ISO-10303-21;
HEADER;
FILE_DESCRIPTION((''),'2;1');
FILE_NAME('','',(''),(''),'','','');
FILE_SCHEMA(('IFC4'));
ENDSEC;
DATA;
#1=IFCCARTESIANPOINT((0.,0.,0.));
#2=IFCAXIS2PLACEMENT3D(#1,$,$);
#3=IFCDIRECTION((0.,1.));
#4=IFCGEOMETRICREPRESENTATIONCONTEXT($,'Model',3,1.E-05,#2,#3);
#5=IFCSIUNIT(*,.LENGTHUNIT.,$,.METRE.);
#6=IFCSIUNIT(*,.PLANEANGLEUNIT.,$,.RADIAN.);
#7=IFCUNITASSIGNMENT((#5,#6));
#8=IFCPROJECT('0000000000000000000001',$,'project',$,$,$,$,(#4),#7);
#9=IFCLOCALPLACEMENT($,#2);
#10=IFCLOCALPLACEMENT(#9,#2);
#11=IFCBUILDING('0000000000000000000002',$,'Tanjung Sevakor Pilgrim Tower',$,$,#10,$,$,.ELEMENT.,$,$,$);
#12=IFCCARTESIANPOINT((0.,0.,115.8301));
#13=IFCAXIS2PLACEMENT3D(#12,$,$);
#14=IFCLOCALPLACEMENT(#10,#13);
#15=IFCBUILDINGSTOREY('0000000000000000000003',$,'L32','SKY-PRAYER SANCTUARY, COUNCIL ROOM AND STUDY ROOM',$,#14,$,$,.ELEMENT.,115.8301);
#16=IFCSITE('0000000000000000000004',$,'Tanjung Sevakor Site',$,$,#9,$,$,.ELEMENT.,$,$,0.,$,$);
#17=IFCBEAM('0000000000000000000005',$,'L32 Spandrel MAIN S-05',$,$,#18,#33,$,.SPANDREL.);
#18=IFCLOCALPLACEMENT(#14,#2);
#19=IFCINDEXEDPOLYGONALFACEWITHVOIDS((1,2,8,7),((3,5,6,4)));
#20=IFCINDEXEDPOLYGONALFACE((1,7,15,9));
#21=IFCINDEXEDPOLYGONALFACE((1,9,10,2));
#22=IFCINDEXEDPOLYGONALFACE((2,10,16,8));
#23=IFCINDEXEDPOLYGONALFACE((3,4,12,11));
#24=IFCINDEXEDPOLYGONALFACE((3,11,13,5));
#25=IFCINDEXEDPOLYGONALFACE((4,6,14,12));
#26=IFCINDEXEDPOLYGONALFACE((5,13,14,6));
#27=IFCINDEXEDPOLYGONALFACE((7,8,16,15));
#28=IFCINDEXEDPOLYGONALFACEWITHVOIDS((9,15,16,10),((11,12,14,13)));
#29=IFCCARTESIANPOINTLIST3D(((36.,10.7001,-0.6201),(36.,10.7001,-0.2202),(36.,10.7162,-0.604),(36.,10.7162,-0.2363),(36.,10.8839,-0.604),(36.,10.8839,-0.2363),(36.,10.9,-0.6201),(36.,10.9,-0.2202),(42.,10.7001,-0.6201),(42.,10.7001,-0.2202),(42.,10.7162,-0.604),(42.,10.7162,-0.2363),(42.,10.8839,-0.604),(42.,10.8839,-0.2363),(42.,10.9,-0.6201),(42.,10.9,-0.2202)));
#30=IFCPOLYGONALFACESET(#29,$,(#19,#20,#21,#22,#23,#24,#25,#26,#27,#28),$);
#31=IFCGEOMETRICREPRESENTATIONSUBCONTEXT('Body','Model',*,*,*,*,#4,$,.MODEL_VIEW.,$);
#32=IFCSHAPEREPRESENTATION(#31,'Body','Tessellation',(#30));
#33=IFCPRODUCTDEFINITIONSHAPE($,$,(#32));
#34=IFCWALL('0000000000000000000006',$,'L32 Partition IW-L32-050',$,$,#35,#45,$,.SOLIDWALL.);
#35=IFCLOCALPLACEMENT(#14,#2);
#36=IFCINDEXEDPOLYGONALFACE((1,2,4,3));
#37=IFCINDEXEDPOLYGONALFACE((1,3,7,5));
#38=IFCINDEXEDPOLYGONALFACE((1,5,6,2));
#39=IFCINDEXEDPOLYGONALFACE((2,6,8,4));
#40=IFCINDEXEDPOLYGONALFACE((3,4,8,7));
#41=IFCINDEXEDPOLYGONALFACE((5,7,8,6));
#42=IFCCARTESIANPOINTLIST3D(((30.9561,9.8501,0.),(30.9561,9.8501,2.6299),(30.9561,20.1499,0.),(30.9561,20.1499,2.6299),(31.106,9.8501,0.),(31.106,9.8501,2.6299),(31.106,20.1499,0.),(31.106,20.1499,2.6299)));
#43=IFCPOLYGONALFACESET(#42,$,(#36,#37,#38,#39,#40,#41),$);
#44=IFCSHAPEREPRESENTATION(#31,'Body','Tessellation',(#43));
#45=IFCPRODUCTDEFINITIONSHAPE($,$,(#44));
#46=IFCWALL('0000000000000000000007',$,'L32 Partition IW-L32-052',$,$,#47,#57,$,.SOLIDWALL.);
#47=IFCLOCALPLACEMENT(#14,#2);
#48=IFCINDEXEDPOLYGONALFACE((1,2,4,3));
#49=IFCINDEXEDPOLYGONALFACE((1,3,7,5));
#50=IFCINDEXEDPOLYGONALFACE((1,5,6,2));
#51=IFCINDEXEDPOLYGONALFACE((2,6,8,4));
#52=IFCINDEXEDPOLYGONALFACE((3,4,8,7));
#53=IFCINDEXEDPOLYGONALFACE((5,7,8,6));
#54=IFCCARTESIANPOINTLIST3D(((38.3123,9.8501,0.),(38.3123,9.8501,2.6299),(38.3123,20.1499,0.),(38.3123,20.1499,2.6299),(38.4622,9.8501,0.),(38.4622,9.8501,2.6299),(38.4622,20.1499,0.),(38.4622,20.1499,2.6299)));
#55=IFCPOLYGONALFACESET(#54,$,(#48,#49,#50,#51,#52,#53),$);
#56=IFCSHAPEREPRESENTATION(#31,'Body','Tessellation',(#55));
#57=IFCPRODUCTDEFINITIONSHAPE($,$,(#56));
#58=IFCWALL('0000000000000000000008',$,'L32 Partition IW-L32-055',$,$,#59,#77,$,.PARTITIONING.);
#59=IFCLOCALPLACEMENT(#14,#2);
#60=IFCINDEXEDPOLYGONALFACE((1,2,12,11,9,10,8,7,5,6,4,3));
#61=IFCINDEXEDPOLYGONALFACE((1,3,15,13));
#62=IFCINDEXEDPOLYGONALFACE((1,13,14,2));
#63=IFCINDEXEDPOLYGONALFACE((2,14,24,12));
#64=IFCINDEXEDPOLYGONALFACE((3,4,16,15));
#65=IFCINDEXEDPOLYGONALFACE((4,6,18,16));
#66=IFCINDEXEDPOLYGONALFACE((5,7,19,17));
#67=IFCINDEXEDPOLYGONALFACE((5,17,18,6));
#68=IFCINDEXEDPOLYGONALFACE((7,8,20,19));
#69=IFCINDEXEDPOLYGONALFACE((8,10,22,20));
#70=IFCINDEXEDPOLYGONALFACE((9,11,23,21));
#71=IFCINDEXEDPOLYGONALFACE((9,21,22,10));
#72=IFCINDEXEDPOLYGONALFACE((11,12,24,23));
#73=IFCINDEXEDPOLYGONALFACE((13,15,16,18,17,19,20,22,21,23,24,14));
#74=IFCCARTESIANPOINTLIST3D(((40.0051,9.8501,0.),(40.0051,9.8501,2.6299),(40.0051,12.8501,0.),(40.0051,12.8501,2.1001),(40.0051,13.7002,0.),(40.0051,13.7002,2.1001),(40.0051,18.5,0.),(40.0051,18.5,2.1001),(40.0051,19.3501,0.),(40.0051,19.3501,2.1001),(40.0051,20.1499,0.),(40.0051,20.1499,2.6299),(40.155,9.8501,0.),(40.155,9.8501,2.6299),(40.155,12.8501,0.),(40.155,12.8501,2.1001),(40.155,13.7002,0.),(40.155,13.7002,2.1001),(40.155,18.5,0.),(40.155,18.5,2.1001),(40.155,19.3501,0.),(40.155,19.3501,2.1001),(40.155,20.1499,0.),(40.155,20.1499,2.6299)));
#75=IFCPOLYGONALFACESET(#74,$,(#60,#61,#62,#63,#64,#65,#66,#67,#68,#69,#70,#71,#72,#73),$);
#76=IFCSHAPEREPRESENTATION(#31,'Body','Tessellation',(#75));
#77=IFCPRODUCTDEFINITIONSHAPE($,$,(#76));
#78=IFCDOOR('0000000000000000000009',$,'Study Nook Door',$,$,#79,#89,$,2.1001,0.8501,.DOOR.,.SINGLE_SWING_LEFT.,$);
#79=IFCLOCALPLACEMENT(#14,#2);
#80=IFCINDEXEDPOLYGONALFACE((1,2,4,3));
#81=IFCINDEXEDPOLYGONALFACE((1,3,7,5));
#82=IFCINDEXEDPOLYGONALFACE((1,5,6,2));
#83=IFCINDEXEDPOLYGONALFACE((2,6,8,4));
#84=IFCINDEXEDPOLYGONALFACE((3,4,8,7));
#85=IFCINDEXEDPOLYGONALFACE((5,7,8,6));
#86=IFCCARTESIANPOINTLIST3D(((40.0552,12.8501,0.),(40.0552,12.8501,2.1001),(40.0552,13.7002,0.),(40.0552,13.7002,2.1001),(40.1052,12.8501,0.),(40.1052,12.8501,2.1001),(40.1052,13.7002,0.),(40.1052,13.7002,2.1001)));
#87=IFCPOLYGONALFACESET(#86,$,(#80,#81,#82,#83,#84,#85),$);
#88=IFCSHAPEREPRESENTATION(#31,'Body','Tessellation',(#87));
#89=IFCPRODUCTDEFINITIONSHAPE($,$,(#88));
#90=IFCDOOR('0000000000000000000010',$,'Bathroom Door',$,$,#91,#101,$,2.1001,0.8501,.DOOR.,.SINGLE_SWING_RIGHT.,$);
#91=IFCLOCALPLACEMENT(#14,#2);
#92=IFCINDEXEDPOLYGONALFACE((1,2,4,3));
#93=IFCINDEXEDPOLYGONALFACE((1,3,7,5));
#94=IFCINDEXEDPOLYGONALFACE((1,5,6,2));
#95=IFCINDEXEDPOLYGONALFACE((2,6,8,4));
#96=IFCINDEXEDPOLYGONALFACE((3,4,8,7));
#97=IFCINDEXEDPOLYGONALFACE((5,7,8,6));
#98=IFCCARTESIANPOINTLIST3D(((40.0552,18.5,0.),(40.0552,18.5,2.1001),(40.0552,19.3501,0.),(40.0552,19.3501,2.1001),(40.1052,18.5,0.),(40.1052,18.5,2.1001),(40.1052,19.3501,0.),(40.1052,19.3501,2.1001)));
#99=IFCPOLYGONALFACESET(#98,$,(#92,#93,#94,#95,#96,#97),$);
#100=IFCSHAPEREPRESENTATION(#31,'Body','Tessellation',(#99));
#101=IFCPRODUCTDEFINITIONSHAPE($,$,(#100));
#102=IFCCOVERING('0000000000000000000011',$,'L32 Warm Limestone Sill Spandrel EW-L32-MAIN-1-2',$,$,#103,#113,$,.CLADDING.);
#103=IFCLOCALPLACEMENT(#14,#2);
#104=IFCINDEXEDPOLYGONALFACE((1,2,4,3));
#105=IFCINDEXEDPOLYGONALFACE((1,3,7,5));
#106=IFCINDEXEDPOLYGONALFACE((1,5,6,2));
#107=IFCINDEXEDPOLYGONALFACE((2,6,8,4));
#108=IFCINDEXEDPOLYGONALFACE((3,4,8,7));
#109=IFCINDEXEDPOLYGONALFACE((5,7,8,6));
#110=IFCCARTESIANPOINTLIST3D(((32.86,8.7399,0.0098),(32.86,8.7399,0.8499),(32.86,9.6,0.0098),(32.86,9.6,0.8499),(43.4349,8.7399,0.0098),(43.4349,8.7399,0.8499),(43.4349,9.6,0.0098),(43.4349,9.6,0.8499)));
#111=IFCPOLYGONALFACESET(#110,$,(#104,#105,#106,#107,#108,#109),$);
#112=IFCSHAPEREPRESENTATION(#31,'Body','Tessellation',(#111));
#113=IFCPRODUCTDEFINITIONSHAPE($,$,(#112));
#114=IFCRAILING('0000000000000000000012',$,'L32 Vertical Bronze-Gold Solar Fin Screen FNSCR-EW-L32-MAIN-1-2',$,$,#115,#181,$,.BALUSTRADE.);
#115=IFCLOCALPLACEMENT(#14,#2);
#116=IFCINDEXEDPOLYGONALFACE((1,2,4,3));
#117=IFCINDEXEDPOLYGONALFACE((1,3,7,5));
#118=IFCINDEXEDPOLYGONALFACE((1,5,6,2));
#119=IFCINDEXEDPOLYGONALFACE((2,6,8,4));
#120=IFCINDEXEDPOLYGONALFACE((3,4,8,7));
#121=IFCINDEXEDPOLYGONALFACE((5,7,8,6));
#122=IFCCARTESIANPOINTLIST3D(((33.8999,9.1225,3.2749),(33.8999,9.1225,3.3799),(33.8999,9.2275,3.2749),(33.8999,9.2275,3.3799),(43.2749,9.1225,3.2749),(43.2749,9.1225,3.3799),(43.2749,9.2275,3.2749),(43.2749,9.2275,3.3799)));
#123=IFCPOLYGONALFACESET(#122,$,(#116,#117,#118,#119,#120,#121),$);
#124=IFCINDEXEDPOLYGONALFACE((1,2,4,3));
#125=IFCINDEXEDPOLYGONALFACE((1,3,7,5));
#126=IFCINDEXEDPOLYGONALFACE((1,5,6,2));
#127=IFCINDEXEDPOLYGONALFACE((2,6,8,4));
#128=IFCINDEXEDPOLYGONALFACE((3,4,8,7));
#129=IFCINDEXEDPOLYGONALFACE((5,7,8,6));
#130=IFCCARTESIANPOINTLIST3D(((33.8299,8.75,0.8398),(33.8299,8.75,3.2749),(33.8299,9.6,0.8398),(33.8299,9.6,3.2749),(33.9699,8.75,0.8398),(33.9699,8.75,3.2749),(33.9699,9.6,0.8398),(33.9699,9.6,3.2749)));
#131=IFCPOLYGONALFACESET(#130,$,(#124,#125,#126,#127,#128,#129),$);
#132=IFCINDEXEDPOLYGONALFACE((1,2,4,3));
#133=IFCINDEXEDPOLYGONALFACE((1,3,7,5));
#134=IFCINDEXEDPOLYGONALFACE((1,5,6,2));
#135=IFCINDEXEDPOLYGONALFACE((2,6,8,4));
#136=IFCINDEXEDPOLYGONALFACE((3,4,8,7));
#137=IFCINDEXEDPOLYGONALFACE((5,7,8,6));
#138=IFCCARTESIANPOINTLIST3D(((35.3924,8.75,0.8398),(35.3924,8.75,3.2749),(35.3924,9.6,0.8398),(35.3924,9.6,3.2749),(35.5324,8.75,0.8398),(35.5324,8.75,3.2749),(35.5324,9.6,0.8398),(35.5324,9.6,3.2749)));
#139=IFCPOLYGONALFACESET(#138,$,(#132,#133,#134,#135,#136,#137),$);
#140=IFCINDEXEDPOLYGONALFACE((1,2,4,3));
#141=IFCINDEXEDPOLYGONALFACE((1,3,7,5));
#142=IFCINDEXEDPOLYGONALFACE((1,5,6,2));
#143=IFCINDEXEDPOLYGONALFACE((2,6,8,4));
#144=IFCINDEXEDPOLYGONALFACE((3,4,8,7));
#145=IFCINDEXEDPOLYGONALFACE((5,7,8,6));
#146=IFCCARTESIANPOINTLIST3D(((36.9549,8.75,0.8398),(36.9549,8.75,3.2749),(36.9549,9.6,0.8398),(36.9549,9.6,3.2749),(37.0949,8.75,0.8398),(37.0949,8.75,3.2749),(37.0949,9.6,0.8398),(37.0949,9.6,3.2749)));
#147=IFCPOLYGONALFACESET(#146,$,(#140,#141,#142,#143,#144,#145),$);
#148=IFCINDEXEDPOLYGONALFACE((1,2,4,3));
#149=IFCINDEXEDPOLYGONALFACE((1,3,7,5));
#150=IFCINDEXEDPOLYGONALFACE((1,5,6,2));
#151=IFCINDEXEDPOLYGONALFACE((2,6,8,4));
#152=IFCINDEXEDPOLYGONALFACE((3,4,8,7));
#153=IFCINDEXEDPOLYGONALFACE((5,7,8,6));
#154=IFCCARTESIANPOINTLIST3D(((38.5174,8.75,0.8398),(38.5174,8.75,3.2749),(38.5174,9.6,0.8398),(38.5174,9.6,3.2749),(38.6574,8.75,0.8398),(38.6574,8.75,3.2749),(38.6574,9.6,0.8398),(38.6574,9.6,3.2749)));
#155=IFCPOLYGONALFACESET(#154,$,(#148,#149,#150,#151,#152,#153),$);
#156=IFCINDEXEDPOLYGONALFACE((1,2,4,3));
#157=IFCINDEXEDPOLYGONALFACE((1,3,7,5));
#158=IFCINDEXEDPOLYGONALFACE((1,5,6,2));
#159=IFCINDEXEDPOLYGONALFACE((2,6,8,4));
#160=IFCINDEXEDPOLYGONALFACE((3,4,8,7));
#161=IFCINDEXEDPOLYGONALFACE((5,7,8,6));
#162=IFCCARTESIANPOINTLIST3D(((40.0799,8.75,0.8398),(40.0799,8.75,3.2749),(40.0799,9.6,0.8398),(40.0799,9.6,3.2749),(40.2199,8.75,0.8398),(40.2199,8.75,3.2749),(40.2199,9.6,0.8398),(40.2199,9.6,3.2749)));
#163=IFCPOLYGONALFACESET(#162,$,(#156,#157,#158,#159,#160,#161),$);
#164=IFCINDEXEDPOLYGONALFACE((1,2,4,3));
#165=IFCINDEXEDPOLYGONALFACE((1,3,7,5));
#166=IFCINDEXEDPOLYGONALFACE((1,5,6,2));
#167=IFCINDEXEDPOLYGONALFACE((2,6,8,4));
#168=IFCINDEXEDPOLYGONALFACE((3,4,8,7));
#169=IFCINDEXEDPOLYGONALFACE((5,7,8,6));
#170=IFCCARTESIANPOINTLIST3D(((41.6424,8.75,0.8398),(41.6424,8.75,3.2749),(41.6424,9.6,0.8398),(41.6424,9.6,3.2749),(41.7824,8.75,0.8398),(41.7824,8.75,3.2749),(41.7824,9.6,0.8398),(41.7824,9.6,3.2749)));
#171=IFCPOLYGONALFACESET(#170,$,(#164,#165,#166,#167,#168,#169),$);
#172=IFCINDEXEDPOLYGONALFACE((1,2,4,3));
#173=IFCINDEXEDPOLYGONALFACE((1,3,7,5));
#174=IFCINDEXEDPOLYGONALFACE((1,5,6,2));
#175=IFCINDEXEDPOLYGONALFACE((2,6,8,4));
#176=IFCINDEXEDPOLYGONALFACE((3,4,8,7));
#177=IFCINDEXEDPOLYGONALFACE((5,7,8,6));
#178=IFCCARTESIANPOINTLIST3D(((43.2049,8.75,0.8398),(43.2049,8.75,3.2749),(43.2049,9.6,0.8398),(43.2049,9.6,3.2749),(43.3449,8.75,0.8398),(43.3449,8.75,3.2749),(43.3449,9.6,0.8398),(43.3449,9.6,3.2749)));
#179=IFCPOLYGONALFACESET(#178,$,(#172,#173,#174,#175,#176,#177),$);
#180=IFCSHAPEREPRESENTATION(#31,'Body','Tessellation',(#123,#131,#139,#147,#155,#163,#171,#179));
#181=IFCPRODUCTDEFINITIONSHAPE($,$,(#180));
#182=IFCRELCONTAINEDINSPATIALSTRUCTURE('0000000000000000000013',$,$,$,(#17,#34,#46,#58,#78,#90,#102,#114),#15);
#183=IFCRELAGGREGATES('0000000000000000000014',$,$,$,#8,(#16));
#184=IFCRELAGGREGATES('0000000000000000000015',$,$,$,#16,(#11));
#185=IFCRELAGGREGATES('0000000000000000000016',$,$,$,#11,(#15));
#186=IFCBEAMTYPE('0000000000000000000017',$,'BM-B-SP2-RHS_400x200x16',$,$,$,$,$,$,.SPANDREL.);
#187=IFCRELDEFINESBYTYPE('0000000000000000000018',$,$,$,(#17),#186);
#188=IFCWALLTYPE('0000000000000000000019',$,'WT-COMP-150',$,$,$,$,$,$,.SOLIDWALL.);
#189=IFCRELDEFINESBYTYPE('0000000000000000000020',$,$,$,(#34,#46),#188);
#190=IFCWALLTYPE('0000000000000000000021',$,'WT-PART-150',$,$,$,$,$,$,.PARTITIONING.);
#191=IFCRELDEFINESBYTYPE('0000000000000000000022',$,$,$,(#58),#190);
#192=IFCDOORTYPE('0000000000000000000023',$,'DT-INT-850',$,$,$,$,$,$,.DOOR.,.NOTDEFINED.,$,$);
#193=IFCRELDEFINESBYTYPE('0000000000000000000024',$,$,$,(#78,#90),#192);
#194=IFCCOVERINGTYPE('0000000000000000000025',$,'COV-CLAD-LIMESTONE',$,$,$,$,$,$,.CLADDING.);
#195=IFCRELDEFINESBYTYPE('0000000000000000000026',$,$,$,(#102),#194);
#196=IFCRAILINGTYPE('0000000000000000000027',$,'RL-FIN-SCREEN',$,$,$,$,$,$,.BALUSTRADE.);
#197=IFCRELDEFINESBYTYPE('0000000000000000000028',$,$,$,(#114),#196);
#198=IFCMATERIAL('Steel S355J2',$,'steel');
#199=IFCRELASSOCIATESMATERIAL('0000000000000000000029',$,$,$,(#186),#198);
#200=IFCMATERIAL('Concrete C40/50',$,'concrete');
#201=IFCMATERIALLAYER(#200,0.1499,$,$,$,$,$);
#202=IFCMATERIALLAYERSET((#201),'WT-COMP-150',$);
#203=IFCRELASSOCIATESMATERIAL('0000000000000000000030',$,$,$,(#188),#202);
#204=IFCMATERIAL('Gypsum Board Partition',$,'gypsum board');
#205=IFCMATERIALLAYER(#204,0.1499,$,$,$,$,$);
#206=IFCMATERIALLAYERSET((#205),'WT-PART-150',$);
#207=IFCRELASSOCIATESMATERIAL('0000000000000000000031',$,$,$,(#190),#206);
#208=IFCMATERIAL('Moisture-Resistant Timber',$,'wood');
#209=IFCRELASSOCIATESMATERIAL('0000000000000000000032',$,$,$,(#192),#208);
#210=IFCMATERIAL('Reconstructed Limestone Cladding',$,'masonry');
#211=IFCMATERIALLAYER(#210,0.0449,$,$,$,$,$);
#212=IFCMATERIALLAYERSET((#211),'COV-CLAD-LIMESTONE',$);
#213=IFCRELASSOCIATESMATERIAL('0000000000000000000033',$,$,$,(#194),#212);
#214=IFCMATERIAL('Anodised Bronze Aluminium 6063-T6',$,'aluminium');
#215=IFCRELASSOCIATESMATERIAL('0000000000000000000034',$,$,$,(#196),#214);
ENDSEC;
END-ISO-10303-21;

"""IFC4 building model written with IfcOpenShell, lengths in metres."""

from ifc_helpers import new_model, si_unit, direction, frame, frame_2d, origin, origin_2d, place, context, subcontext, project, spatial, rectangle, hollow_rectangle, extrude, material, layer, layer_set, material_profile, profile_set, type_object, element, fill, save


model = new_model("IFC4")

# Units and contexts
model_context = context("Model", 3, precision=1e-05, world=origin(), true_north=direction((0.0, 1.0)))
body_context = subcontext(model_context, "Body", "Model", "MODEL_VIEW")
ifc_project = project(units=[si_unit("LENGTHUNIT", "METRE"), si_unit("PLANEANGLEUNIT", "RADIAN")], contexts=[model_context])

# Site, building, storey
site_placement = place(None, origin())
site = spatial("IfcSite", under=ifc_project, at=site_placement, Name="Tanjung Sevakor Site", CompositionType="ELEMENT", RefElevation=0.0)
building_placement = place(site_placement, origin())
building = spatial("IfcBuilding", under=site, at=building_placement, Name="Tanjung Sevakor Pilgrim Tower", CompositionType="ELEMENT")
storey_placement = place(building_placement, frame((0.0, 0.0, 115.8301)))
storey = spatial("IfcBuildingStorey", under=building, at=storey_placement, Name="L32", Description="SKY-PRAYER SANCTUARY, COUNCIL ROOM AND STUDY ROOM", CompositionType="ELEMENT", Elevation=115.8301)

# Beam
ifc_material_1 = material(Name="Steel S355J2", Category="steel")
ifc_material_profile_1 = material_profile(ifc_material_1, hollow_rectangle(XDim=0.2, YDim=0.3999, WallThickness=0.0161, at=origin_2d()))
ifc_profile_set_1 = profile_set([ifc_material_profile_1], Name="Steel S355J2")
beam_type_1 = type_object("IfcBeamType", Name="BM-B-SP2-RHS_400x200x16", PredefinedType="SPANDREL", material=ifc_profile_set_1)
for number, where, z_axis, x_axis, name in (
    (1, (36.0, 10.8, -0.4202), (1.0, 0.0, 0.0), (0.0, 1.0, 0.0), "L32 Spandrel MAIN S-05"),
):
    element("IfcBeam", number, at=place(storey_placement, frame(where, z_axis=z_axis, x_axis=x_axis)), inside=storey, type_object=beam_type_1, Name=name, PredefinedType="SPANDREL", context=body_context, shape_type="SweptSolid", body=[
        extrude(hollow_rectangle(XDim=0.2, YDim=0.3999, WallThickness=0.0161, at=origin_2d()), origin(), (0.0, 0.0, 1.0), 6.0),
    ])

# Walls
ifc_material_2 = material(Name="Concrete C40/50", Category="concrete")
ifc_layer_1 = layer(ifc_material_2, 0.1499)
ifc_layer_set_1 = layer_set([ifc_layer_1], Name="WT-COMP-150")
wall_type_1 = type_object("IfcWallType", Name="WT-COMP-150", PredefinedType="SOLIDWALL", material=ifc_layer_set_1)
for number, where, z_axis, x_axis, name in (
    (2, (31.031, 9.8501, 0.0), (0.0, 0.0, 1.0), (0.0, 1.0, 0.0), "L32 Partition IW-L32-050"),
    (3, (38.3872, 9.8501, 0.0), (0.0, 0.0, 1.0), (0.0, 1.0, 0.0), "L32 Partition IW-L32-052"),
):
    element("IfcWall", number, at=place(storey_placement, frame(where, z_axis=z_axis, x_axis=x_axis)), inside=storey, type_object=wall_type_1, Name=name, PredefinedType="SOLIDWALL", context=body_context, shape_type="SweptSolid", body=[
        extrude(rectangle(XDim=10.2998, YDim=0.1499, at=frame_2d((5.1499, 0.0))), origin(), (0.0, 0.0, 1.0), 2.6299),
    ])

# Wall, openings, doors
ifc_material_3 = material(Name="Gypsum Board Partition", Category="gypsum board")
ifc_layer_2 = layer(ifc_material_3, 0.1499)
ifc_layer_set_2 = layer_set([ifc_layer_2], Name="WT-PART-150")
wall_type_2 = type_object("IfcWallType", Name="WT-PART-150", PredefinedType="PARTITIONING", material=ifc_layer_set_2)
wall_placement = place(storey_placement, frame((40.0801, 9.8501, 0.0), z_axis=(0.0, 0.0, 1.0), x_axis=(0.0, 1.0, 0.0)))
wall = element("IfcWall", 4, at=wall_placement, inside=storey, type_object=wall_type_2, Name="L32 Partition IW-L32-055", PredefinedType="PARTITIONING", context=body_context, shape_type="SweptSolid", body=[
    extrude(rectangle(XDim=10.2998, YDim=0.1499, at=frame_2d((5.1499, 0.0))), origin(), (0.0, 0.0, 1.0), 2.6299),
])
opening_1_placement = place(wall_placement, frame((3.0, 0.0, 0.0)))
opening_1 = element("IfcOpeningElement", 5, at=opening_1_placement, cuts=wall, PredefinedType="OPENING", context=body_context, shape_type="SweptSolid", body=[
    extrude(rectangle(XDim=0.8501, YDim=2.1001, at=frame_2d((0.425, 1.05))), frame((0.0, 0.085, 0.0), z_axis=(0.0, -1.0, 0.0), x_axis=(1.0, 0.0, 0.0)), (0.0, 0.0, 1.0), 0.1699),
])
opening_2_placement = place(wall_placement, frame((8.6499, 0.0, 0.0)))
opening_2 = element("IfcOpeningElement", 6, at=opening_2_placement, cuts=wall, PredefinedType="OPENING", context=body_context, shape_type="SweptSolid", body=[
    extrude(rectangle(XDim=0.8501, YDim=2.1001, at=frame_2d((0.425, 1.05))), frame((0.0, 0.085, 0.0), z_axis=(0.0, -1.0, 0.0), x_axis=(1.0, 0.0, 0.0)), (0.0, 0.0, 1.0), 0.1699),
])
ifc_material_4 = material(Name="Moisture-Resistant Timber", Category="wood")
door_type = type_object("IfcDoorType", Name="DT-INT-850", OperationType="NOTDEFINED", PredefinedType="DOOR", material=ifc_material_4)
door_1_placement = place(opening_1_placement, origin())
door_1 = element("IfcDoor", 7, at=door_1_placement, inside=storey, type_object=door_type, Name="Study Nook Door", OperationType="SINGLE_SWING_LEFT", OverallHeight=2.1001, OverallWidth=0.8501, PredefinedType="DOOR", context=body_context, shape_type="SweptSolid", body=[
    extrude(rectangle(XDim=0.8501, YDim=2.1001, at=frame_2d((0.425, 1.05))), frame((0.0, 0.0249, 0.0), z_axis=(0.0, -1.0, 0.0), x_axis=(1.0, 0.0, 0.0)), (0.0, 0.0, 1.0), 0.05),
])
fill(opening_1, door_1)
door_2_placement = place(opening_2_placement, origin())
door_2 = element("IfcDoor", 8, at=door_2_placement, inside=storey, type_object=door_type, Name="Bathroom Door", OperationType="SINGLE_SWING_RIGHT", OverallHeight=2.1001, OverallWidth=0.8501, PredefinedType="DOOR", context=body_context, shape_type="SweptSolid", body=[
    extrude(rectangle(XDim=0.8501, YDim=2.1001, at=frame_2d((0.425, 1.05))), frame((0.0, 0.0249, 0.0), z_axis=(0.0, -1.0, 0.0), x_axis=(1.0, 0.0, 0.0)), (0.0, 0.0, 1.0), 0.05),
])
fill(opening_2, door_2)

# Covering
ifc_material_5 = material(Name="Reconstructed Limestone Cladding", Category="masonry")
ifc_layer_3 = layer(ifc_material_5, 0.0449)
ifc_layer_set_3 = layer_set([ifc_layer_3], Name="COV-CLAD-LIMESTONE")
covering_type = type_object("IfcCoveringType", Name="COV-CLAD-LIMESTONE", PredefinedType="CLADDING", material=ifc_layer_set_3)
covering_placement = place(storey_placement, frame((38.1475, 9.1699, 0.0098), z_axis=(0.0, 0.0, 1.0), x_axis=(1.0, 0.0, 0.0)))
element("IfcCovering", 9, at=covering_placement, inside=storey, type_object=covering_type, Name="L32 Warm Limestone Sill Spandrel EW-L32-MAIN-1-2", PredefinedType="CLADDING", context=body_context, shape_type="SweptSolid", body=[
    extrude(rectangle(XDim=10.575, YDim=0.8601, at=origin_2d()), origin(), (0.0, 0.0, 1.0), 0.8401),
])

# Railing
ifc_material_6 = material(Name="Anodised Bronze Aluminium 6063-T6", Category="aluminium")
railing_type = type_object("IfcRailingType", Name="RL-FIN-SCREEN", PredefinedType="BALUSTRADE", material=ifc_material_6)
railing_placement = place(storey_placement, frame((33.8999, 9.175, 0.8398)))
element("IfcRailing", 10, at=railing_placement, inside=storey, type_object=railing_type, Name="L32 Vertical Bronze-Gold Solar Fin Screen FNSCR-EW-L32-MAIN-1-2", PredefinedType="BALUSTRADE", context=body_context, shape_type="SweptSolid", body=[
    extrude(rectangle(XDim=0.105, YDim=0.105), frame((0.0, 0.0, 2.4875), z_axis=(1.0, 0.0, 0.0), x_axis=(0.0, 1.0, 0.0)), (0.0, 0.0, 1.0), 9.375),
    extrude(rectangle(XDim=0.14, YDim=0.85), origin(), (0.0, 0.0, 1.0), 2.4351),
    extrude(rectangle(XDim=0.14, YDim=0.85), frame((1.5625, 0.0, 0.0)), (0.0, 0.0, 1.0), 2.4351),
    extrude(rectangle(XDim=0.14, YDim=0.85), frame((3.125, 0.0, 0.0)), (0.0, 0.0, 1.0), 2.4351),
    extrude(rectangle(XDim=0.14, YDim=0.85), frame((4.6875, 0.0, 0.0)), (0.0, 0.0, 1.0), 2.4351),
    extrude(rectangle(XDim=0.14, YDim=0.85), frame((6.25, 0.0, 0.0)), (0.0, 0.0, 1.0), 2.4351),
    extrude(rectangle(XDim=0.14, YDim=0.85), frame((7.8125, 0.0, 0.0)), (0.0, 0.0, 1.0), 2.4351),
    extrude(rectangle(XDim=0.14, YDim=0.85), frame((9.375, 0.0, 0.0)), (0.0, 0.0, 1.0), 2.4351),
])

save(model, "model.ifc")
